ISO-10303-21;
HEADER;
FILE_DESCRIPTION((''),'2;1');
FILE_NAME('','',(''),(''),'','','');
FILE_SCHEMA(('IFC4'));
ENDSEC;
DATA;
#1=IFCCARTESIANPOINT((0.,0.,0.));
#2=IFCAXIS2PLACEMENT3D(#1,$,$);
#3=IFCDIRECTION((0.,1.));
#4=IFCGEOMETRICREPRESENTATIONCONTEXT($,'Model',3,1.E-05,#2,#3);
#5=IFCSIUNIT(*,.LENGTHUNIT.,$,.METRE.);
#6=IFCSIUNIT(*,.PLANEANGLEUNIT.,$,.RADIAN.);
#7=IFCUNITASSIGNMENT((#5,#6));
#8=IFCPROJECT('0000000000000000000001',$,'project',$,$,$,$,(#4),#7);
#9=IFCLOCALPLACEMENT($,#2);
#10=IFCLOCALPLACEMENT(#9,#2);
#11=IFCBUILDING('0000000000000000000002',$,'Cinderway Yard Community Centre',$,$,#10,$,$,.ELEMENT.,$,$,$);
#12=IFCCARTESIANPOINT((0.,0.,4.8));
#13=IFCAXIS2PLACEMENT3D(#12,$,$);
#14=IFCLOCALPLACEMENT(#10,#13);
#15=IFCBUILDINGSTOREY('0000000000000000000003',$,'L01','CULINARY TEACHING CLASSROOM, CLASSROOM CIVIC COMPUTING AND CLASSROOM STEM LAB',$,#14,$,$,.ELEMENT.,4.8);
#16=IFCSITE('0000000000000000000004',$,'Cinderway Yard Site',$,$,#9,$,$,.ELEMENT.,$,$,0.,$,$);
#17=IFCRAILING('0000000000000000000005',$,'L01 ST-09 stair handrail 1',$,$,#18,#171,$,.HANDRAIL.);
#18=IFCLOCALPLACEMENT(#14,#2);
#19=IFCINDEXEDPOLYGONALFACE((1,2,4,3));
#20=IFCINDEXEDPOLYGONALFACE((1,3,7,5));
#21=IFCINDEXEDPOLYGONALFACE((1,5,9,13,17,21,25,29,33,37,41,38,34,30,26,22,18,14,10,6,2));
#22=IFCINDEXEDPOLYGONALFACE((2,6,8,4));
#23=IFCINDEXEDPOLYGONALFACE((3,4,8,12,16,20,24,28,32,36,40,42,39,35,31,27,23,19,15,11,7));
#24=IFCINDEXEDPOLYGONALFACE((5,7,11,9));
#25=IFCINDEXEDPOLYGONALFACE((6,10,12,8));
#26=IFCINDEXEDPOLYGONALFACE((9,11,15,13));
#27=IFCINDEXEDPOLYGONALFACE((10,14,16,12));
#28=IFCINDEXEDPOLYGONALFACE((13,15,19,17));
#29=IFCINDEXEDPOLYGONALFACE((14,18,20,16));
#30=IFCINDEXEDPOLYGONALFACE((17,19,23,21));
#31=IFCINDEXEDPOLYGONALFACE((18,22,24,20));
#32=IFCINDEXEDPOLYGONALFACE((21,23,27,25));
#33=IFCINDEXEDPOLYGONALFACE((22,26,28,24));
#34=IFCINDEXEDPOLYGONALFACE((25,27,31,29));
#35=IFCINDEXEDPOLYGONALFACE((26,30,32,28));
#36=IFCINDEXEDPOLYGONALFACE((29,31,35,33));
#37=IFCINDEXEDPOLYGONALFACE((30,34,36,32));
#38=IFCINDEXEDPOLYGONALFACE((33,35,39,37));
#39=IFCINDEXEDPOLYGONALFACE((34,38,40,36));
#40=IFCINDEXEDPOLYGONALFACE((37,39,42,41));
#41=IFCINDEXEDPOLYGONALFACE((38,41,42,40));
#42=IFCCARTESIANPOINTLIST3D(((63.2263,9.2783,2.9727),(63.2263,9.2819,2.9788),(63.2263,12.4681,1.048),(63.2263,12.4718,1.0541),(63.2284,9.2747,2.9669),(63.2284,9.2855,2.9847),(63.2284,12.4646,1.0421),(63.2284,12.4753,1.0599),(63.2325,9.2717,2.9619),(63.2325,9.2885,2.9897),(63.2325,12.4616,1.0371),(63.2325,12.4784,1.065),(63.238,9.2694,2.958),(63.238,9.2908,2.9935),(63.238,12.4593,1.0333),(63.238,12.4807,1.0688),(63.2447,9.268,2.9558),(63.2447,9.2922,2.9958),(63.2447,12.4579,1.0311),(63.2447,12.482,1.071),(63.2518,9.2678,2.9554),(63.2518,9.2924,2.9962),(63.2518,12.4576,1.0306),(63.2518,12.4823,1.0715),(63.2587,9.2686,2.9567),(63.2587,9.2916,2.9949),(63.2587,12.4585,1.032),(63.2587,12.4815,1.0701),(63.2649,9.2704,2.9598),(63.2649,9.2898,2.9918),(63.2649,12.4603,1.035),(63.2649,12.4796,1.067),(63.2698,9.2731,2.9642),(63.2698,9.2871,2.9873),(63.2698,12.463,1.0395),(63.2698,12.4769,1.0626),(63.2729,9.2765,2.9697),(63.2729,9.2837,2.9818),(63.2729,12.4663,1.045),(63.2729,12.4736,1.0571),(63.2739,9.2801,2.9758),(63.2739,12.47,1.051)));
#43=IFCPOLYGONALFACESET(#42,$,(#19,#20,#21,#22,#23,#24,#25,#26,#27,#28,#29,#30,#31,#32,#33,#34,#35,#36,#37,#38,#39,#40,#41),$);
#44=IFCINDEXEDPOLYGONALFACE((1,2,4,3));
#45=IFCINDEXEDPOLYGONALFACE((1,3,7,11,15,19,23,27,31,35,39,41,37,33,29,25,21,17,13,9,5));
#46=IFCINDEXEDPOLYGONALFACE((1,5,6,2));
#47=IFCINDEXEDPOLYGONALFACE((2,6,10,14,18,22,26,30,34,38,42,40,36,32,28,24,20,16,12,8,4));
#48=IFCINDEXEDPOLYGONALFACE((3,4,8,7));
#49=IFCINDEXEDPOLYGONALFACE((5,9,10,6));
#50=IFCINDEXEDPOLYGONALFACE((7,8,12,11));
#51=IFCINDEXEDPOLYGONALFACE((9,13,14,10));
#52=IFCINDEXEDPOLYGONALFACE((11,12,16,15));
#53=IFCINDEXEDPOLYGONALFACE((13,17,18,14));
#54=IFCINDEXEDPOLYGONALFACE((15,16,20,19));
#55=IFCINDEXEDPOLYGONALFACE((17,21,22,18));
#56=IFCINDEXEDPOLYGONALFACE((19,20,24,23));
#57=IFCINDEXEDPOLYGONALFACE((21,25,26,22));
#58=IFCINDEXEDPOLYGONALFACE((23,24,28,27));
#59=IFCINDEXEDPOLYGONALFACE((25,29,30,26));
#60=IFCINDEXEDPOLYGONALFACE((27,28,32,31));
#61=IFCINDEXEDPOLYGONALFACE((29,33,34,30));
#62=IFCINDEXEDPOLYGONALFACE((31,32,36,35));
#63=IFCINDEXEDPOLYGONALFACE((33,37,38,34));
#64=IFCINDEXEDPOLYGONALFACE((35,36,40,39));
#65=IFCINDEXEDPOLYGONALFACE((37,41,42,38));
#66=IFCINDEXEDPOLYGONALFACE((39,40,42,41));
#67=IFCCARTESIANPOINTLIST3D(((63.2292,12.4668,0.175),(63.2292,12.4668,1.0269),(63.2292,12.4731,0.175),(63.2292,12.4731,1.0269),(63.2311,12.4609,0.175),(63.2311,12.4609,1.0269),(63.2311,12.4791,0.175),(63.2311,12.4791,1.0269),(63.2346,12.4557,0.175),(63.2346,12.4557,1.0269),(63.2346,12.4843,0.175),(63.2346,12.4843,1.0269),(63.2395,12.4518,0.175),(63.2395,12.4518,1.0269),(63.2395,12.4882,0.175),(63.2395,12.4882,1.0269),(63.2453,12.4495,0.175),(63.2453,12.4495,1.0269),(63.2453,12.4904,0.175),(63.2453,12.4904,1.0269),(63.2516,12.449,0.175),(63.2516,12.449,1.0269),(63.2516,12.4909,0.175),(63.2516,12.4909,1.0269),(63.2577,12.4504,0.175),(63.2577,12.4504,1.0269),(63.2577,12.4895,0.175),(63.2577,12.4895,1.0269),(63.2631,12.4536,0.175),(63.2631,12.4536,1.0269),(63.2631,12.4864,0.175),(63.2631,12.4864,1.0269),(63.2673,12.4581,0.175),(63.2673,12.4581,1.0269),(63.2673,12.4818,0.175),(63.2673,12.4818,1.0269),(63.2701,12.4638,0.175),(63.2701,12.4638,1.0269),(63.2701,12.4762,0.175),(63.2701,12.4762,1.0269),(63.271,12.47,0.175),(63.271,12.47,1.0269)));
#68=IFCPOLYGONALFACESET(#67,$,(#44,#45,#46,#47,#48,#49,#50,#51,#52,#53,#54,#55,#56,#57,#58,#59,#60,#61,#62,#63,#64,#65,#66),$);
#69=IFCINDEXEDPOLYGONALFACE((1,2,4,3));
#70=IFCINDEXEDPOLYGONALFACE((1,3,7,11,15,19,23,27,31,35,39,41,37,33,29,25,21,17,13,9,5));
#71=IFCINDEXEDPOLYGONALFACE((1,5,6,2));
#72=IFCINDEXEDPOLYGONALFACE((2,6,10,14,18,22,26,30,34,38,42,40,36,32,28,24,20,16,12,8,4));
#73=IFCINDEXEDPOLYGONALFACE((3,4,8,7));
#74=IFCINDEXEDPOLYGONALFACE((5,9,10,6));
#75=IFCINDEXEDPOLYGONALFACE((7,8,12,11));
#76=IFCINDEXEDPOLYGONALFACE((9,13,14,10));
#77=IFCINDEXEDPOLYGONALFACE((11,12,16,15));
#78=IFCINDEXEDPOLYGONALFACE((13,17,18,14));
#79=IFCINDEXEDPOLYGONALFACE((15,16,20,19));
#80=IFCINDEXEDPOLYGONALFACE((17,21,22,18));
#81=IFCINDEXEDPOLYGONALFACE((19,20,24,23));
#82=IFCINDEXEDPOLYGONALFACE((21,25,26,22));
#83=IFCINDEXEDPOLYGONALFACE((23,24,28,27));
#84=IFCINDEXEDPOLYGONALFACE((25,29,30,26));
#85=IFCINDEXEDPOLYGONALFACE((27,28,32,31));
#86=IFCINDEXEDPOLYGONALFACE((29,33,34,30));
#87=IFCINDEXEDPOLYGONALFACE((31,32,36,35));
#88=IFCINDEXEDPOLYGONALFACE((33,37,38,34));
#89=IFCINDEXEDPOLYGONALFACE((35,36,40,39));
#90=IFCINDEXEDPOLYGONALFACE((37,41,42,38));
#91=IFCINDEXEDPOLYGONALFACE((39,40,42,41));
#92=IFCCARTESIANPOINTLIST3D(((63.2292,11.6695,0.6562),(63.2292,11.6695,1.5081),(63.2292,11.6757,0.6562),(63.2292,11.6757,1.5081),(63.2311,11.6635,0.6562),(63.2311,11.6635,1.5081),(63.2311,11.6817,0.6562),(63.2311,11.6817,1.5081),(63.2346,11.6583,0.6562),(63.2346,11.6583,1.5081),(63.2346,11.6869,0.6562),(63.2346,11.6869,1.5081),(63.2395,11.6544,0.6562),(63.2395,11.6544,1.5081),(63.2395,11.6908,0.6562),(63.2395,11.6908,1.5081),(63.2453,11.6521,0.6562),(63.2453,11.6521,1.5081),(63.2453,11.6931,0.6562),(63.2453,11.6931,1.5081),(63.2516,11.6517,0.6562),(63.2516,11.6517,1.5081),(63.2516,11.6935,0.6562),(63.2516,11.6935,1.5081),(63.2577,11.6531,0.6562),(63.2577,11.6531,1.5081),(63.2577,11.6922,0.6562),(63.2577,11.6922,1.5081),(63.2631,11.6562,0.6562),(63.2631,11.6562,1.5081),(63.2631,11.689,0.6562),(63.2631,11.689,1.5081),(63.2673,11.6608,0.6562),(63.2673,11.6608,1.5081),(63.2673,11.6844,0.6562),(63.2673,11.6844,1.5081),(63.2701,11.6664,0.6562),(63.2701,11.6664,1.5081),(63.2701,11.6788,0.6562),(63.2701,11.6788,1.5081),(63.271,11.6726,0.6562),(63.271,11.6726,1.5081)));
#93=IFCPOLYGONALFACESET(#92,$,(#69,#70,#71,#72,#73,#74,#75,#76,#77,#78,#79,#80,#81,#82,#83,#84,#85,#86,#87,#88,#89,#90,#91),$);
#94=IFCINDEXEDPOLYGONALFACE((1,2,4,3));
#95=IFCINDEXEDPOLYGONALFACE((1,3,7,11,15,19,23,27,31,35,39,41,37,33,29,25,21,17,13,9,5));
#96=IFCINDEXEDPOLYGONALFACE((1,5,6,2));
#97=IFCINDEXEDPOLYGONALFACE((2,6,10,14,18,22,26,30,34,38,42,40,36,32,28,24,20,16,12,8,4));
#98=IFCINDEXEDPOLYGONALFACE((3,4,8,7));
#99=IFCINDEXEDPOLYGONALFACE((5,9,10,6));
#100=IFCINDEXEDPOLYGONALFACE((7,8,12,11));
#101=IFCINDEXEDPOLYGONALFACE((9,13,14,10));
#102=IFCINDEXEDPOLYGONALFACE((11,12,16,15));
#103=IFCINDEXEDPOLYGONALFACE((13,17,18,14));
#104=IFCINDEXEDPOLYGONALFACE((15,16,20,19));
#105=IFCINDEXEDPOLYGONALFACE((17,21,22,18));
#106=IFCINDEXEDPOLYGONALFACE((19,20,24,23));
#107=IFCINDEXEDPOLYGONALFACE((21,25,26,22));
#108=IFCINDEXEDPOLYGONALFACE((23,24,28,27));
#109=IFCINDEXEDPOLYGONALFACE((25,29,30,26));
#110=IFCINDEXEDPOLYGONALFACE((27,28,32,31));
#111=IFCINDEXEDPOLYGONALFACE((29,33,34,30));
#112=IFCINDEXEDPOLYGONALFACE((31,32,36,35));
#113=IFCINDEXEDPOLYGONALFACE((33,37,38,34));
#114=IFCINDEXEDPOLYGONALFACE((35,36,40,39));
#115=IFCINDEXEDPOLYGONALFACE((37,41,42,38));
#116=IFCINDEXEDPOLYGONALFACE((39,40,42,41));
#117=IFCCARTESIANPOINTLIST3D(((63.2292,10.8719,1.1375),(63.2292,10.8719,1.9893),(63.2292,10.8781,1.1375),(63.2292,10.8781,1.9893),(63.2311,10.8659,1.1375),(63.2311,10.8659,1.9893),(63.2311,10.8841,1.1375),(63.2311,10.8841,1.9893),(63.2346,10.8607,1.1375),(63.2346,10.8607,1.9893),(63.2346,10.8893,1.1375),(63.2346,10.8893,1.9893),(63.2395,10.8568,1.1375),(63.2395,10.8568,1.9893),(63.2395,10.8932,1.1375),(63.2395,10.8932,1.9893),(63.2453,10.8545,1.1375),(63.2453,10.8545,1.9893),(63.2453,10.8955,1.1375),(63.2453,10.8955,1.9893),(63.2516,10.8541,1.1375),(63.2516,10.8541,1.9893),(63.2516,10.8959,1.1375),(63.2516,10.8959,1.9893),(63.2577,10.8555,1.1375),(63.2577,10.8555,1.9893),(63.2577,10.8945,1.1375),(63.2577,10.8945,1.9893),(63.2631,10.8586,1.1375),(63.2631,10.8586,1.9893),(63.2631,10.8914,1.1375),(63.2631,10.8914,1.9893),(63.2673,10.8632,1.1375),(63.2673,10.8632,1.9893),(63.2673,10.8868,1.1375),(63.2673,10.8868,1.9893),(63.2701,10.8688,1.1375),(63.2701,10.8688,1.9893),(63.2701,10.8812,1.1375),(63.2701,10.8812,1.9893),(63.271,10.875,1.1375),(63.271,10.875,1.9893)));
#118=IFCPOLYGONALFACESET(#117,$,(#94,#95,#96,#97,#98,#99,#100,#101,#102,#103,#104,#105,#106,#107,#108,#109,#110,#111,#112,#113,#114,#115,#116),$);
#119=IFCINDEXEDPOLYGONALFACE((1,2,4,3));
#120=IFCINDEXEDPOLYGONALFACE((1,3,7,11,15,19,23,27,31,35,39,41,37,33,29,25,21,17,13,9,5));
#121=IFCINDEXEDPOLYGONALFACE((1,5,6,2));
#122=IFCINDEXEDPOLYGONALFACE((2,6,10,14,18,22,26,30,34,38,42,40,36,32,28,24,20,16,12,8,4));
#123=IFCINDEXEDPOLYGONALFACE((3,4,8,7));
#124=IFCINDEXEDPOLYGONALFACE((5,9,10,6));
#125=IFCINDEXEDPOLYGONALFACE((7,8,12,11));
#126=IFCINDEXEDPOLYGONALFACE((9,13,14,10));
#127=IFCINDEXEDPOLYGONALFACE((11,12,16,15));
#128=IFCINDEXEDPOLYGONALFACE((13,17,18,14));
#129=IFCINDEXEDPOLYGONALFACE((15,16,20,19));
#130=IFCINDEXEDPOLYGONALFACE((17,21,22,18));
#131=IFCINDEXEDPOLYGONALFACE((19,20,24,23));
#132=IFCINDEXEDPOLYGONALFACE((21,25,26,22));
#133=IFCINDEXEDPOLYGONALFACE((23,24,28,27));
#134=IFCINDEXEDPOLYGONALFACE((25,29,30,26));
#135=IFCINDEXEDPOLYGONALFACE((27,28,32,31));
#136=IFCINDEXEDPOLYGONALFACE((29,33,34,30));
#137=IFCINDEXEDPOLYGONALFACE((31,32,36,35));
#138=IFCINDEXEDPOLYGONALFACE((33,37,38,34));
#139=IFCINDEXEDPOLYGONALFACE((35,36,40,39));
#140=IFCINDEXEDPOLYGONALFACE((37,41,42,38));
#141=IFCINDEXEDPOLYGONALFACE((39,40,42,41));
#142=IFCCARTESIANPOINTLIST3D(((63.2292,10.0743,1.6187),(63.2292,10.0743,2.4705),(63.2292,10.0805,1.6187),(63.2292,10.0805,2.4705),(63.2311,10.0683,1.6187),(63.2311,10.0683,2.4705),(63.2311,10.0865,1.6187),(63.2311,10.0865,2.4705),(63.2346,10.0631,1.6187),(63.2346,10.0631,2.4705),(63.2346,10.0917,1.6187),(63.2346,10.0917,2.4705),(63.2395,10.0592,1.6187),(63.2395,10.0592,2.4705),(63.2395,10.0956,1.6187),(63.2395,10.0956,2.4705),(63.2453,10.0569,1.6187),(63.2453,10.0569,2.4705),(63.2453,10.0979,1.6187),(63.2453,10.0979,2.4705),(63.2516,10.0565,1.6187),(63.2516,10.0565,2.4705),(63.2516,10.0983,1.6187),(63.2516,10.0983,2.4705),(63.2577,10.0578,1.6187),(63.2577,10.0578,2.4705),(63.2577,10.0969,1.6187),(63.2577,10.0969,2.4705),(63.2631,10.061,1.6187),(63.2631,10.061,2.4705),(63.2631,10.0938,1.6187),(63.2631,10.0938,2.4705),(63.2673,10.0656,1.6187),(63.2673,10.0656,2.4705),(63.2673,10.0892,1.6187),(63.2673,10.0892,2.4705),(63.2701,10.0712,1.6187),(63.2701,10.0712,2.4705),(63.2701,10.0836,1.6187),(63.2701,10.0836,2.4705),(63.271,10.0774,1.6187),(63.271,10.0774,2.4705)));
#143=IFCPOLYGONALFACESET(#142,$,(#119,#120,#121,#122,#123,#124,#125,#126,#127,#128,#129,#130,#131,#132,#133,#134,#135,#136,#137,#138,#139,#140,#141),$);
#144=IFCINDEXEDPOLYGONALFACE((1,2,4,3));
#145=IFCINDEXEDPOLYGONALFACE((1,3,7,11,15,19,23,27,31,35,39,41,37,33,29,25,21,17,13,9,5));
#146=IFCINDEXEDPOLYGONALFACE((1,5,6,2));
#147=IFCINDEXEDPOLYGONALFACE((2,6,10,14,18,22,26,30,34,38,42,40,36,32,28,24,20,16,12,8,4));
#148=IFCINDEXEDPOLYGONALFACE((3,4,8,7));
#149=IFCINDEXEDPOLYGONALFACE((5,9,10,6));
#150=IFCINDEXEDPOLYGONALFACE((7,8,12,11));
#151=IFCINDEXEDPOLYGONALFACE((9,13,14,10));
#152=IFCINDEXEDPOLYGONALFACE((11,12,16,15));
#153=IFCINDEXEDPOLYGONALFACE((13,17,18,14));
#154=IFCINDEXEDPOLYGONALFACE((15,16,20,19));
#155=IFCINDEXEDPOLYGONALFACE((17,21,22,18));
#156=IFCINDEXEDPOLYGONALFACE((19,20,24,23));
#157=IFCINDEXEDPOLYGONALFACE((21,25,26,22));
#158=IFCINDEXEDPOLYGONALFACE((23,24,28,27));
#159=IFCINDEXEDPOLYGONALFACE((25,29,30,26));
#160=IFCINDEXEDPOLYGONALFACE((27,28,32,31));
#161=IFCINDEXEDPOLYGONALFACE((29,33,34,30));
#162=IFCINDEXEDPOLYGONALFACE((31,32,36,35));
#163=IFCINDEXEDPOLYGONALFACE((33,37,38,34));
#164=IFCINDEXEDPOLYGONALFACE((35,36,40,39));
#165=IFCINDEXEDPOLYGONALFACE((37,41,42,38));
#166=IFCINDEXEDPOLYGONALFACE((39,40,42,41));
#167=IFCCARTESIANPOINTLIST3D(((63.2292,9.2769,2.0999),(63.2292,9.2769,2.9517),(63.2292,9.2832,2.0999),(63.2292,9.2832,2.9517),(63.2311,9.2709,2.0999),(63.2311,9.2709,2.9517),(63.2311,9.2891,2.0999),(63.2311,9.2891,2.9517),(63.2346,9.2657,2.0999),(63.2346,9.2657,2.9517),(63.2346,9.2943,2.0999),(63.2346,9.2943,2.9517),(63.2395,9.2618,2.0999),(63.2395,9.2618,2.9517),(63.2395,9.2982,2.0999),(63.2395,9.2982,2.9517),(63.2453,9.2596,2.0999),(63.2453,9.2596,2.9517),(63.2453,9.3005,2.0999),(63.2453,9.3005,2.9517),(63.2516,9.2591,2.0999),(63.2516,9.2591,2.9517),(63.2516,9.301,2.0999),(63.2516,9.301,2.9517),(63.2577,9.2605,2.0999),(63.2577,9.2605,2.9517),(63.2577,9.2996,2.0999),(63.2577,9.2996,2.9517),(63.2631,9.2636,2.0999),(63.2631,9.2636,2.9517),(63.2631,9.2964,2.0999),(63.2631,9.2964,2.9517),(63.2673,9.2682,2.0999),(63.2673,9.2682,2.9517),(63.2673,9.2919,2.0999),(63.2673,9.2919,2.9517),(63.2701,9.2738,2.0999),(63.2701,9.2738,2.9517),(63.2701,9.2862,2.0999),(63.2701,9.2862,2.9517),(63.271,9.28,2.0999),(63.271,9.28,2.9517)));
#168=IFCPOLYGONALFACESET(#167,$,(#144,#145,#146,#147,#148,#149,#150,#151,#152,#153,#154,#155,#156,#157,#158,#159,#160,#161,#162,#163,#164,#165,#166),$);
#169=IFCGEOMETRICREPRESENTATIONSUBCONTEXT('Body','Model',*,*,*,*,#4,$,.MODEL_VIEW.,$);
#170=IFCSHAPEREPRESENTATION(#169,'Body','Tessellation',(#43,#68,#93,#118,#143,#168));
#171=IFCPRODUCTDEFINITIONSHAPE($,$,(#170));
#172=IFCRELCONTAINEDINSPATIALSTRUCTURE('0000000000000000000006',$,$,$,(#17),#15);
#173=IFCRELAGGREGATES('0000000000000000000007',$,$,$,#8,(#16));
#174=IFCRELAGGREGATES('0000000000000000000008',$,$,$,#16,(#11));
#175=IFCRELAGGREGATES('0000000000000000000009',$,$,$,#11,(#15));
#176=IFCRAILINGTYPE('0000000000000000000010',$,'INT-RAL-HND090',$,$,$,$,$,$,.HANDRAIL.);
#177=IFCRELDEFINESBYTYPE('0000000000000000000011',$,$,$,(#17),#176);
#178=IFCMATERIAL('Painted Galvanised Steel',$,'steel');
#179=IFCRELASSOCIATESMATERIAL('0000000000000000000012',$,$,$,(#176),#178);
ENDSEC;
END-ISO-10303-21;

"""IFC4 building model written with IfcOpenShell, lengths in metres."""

from ifc_helpers import new_model, si_unit, direction, frame, origin, origin_2d, place, context, subcontext, project, spatial, circle, extrude, material, type_object, element, save


model = new_model("IFC4")

# Units and contexts
model_context = context("Model", 3, precision=1e-05, world=origin(), true_north=direction((0.0, 1.0)))
body_context = subcontext(model_context, "Body", "Model", "MODEL_VIEW")
ifc_project = project(units=[si_unit("LENGTHUNIT", "METRE"), si_unit("PLANEANGLEUNIT", "RADIAN")], contexts=[model_context])

# Site, building, storey
site_placement = place(None, origin())
site = spatial("IfcSite", under=ifc_project, at=site_placement, Name="Cinderway Yard Site", CompositionType="ELEMENT", RefElevation=0.0)
building_placement = place(site_placement, origin())
building = spatial("IfcBuilding", under=site, at=building_placement, Name="Cinderway Yard Community Centre", CompositionType="ELEMENT")
storey_placement = place(building_placement, frame((0.0, 0.0, 4.8)))
storey = spatial("IfcBuildingStorey", under=building, at=storey_placement, Name="L01", Description="CULINARY TEACHING CLASSROOM, CLASSROOM CIVIC COMPUTING AND CLASSROOM STEM LAB", CompositionType="ELEMENT", Elevation=4.8)

# Shared definitions
ifc_material_1 = material(Name="Painted Galvanised Steel", Category="steel")

# Railing
railing_type_1 = type_object("IfcRailingType", Name="INT-RAL-HND090", PredefinedType="HANDRAIL", material=ifc_material_1)
railing_1_placement = place(storey_placement, frame((63.25, 12.47, 0.175)))
element("IfcRailing", 1, at=railing_1_placement, inside=storey, type_object=railing_type_1, Name="L01 ST-09 stair handrail 1", PredefinedType="HANDRAIL", context=body_context, shape_type="SweptSolid", body=[
    extrude(circle(Radius=0.0239, at=origin_2d()), frame((0.0, 0.0, 0.876), z_axis=(0.0, -0.856207, 0.516633), x_axis=(1.0, 0.0, 0.0)), (0.0, 0.0, 1.0), 3.7256),
    extrude(circle(Radius=0.021, at=origin_2d()), origin(), (0.0, 0.0, 1.0), 0.8518),
    extrude(circle(Radius=0.021, at=origin_2d()), frame((0.0, -0.7974, 0.4812)), (0.0, 0.0, 1.0), 0.8518),
    extrude(circle(Radius=0.021, at=origin_2d()), frame((0.0, -1.595, 0.9624)), (0.0, 0.0, 1.0), 0.8518),
    extrude(circle(Radius=0.021, at=origin_2d()), frame((0.0, -2.3926, 1.4436)), (0.0, 0.0, 1.0), 0.8518),
    extrude(circle(Radius=0.021, at=origin_2d()), frame((0.0, -3.1899, 1.9248)), (0.0, 0.0, 1.0), 0.8518),
])

save(model, "model.ifc")
